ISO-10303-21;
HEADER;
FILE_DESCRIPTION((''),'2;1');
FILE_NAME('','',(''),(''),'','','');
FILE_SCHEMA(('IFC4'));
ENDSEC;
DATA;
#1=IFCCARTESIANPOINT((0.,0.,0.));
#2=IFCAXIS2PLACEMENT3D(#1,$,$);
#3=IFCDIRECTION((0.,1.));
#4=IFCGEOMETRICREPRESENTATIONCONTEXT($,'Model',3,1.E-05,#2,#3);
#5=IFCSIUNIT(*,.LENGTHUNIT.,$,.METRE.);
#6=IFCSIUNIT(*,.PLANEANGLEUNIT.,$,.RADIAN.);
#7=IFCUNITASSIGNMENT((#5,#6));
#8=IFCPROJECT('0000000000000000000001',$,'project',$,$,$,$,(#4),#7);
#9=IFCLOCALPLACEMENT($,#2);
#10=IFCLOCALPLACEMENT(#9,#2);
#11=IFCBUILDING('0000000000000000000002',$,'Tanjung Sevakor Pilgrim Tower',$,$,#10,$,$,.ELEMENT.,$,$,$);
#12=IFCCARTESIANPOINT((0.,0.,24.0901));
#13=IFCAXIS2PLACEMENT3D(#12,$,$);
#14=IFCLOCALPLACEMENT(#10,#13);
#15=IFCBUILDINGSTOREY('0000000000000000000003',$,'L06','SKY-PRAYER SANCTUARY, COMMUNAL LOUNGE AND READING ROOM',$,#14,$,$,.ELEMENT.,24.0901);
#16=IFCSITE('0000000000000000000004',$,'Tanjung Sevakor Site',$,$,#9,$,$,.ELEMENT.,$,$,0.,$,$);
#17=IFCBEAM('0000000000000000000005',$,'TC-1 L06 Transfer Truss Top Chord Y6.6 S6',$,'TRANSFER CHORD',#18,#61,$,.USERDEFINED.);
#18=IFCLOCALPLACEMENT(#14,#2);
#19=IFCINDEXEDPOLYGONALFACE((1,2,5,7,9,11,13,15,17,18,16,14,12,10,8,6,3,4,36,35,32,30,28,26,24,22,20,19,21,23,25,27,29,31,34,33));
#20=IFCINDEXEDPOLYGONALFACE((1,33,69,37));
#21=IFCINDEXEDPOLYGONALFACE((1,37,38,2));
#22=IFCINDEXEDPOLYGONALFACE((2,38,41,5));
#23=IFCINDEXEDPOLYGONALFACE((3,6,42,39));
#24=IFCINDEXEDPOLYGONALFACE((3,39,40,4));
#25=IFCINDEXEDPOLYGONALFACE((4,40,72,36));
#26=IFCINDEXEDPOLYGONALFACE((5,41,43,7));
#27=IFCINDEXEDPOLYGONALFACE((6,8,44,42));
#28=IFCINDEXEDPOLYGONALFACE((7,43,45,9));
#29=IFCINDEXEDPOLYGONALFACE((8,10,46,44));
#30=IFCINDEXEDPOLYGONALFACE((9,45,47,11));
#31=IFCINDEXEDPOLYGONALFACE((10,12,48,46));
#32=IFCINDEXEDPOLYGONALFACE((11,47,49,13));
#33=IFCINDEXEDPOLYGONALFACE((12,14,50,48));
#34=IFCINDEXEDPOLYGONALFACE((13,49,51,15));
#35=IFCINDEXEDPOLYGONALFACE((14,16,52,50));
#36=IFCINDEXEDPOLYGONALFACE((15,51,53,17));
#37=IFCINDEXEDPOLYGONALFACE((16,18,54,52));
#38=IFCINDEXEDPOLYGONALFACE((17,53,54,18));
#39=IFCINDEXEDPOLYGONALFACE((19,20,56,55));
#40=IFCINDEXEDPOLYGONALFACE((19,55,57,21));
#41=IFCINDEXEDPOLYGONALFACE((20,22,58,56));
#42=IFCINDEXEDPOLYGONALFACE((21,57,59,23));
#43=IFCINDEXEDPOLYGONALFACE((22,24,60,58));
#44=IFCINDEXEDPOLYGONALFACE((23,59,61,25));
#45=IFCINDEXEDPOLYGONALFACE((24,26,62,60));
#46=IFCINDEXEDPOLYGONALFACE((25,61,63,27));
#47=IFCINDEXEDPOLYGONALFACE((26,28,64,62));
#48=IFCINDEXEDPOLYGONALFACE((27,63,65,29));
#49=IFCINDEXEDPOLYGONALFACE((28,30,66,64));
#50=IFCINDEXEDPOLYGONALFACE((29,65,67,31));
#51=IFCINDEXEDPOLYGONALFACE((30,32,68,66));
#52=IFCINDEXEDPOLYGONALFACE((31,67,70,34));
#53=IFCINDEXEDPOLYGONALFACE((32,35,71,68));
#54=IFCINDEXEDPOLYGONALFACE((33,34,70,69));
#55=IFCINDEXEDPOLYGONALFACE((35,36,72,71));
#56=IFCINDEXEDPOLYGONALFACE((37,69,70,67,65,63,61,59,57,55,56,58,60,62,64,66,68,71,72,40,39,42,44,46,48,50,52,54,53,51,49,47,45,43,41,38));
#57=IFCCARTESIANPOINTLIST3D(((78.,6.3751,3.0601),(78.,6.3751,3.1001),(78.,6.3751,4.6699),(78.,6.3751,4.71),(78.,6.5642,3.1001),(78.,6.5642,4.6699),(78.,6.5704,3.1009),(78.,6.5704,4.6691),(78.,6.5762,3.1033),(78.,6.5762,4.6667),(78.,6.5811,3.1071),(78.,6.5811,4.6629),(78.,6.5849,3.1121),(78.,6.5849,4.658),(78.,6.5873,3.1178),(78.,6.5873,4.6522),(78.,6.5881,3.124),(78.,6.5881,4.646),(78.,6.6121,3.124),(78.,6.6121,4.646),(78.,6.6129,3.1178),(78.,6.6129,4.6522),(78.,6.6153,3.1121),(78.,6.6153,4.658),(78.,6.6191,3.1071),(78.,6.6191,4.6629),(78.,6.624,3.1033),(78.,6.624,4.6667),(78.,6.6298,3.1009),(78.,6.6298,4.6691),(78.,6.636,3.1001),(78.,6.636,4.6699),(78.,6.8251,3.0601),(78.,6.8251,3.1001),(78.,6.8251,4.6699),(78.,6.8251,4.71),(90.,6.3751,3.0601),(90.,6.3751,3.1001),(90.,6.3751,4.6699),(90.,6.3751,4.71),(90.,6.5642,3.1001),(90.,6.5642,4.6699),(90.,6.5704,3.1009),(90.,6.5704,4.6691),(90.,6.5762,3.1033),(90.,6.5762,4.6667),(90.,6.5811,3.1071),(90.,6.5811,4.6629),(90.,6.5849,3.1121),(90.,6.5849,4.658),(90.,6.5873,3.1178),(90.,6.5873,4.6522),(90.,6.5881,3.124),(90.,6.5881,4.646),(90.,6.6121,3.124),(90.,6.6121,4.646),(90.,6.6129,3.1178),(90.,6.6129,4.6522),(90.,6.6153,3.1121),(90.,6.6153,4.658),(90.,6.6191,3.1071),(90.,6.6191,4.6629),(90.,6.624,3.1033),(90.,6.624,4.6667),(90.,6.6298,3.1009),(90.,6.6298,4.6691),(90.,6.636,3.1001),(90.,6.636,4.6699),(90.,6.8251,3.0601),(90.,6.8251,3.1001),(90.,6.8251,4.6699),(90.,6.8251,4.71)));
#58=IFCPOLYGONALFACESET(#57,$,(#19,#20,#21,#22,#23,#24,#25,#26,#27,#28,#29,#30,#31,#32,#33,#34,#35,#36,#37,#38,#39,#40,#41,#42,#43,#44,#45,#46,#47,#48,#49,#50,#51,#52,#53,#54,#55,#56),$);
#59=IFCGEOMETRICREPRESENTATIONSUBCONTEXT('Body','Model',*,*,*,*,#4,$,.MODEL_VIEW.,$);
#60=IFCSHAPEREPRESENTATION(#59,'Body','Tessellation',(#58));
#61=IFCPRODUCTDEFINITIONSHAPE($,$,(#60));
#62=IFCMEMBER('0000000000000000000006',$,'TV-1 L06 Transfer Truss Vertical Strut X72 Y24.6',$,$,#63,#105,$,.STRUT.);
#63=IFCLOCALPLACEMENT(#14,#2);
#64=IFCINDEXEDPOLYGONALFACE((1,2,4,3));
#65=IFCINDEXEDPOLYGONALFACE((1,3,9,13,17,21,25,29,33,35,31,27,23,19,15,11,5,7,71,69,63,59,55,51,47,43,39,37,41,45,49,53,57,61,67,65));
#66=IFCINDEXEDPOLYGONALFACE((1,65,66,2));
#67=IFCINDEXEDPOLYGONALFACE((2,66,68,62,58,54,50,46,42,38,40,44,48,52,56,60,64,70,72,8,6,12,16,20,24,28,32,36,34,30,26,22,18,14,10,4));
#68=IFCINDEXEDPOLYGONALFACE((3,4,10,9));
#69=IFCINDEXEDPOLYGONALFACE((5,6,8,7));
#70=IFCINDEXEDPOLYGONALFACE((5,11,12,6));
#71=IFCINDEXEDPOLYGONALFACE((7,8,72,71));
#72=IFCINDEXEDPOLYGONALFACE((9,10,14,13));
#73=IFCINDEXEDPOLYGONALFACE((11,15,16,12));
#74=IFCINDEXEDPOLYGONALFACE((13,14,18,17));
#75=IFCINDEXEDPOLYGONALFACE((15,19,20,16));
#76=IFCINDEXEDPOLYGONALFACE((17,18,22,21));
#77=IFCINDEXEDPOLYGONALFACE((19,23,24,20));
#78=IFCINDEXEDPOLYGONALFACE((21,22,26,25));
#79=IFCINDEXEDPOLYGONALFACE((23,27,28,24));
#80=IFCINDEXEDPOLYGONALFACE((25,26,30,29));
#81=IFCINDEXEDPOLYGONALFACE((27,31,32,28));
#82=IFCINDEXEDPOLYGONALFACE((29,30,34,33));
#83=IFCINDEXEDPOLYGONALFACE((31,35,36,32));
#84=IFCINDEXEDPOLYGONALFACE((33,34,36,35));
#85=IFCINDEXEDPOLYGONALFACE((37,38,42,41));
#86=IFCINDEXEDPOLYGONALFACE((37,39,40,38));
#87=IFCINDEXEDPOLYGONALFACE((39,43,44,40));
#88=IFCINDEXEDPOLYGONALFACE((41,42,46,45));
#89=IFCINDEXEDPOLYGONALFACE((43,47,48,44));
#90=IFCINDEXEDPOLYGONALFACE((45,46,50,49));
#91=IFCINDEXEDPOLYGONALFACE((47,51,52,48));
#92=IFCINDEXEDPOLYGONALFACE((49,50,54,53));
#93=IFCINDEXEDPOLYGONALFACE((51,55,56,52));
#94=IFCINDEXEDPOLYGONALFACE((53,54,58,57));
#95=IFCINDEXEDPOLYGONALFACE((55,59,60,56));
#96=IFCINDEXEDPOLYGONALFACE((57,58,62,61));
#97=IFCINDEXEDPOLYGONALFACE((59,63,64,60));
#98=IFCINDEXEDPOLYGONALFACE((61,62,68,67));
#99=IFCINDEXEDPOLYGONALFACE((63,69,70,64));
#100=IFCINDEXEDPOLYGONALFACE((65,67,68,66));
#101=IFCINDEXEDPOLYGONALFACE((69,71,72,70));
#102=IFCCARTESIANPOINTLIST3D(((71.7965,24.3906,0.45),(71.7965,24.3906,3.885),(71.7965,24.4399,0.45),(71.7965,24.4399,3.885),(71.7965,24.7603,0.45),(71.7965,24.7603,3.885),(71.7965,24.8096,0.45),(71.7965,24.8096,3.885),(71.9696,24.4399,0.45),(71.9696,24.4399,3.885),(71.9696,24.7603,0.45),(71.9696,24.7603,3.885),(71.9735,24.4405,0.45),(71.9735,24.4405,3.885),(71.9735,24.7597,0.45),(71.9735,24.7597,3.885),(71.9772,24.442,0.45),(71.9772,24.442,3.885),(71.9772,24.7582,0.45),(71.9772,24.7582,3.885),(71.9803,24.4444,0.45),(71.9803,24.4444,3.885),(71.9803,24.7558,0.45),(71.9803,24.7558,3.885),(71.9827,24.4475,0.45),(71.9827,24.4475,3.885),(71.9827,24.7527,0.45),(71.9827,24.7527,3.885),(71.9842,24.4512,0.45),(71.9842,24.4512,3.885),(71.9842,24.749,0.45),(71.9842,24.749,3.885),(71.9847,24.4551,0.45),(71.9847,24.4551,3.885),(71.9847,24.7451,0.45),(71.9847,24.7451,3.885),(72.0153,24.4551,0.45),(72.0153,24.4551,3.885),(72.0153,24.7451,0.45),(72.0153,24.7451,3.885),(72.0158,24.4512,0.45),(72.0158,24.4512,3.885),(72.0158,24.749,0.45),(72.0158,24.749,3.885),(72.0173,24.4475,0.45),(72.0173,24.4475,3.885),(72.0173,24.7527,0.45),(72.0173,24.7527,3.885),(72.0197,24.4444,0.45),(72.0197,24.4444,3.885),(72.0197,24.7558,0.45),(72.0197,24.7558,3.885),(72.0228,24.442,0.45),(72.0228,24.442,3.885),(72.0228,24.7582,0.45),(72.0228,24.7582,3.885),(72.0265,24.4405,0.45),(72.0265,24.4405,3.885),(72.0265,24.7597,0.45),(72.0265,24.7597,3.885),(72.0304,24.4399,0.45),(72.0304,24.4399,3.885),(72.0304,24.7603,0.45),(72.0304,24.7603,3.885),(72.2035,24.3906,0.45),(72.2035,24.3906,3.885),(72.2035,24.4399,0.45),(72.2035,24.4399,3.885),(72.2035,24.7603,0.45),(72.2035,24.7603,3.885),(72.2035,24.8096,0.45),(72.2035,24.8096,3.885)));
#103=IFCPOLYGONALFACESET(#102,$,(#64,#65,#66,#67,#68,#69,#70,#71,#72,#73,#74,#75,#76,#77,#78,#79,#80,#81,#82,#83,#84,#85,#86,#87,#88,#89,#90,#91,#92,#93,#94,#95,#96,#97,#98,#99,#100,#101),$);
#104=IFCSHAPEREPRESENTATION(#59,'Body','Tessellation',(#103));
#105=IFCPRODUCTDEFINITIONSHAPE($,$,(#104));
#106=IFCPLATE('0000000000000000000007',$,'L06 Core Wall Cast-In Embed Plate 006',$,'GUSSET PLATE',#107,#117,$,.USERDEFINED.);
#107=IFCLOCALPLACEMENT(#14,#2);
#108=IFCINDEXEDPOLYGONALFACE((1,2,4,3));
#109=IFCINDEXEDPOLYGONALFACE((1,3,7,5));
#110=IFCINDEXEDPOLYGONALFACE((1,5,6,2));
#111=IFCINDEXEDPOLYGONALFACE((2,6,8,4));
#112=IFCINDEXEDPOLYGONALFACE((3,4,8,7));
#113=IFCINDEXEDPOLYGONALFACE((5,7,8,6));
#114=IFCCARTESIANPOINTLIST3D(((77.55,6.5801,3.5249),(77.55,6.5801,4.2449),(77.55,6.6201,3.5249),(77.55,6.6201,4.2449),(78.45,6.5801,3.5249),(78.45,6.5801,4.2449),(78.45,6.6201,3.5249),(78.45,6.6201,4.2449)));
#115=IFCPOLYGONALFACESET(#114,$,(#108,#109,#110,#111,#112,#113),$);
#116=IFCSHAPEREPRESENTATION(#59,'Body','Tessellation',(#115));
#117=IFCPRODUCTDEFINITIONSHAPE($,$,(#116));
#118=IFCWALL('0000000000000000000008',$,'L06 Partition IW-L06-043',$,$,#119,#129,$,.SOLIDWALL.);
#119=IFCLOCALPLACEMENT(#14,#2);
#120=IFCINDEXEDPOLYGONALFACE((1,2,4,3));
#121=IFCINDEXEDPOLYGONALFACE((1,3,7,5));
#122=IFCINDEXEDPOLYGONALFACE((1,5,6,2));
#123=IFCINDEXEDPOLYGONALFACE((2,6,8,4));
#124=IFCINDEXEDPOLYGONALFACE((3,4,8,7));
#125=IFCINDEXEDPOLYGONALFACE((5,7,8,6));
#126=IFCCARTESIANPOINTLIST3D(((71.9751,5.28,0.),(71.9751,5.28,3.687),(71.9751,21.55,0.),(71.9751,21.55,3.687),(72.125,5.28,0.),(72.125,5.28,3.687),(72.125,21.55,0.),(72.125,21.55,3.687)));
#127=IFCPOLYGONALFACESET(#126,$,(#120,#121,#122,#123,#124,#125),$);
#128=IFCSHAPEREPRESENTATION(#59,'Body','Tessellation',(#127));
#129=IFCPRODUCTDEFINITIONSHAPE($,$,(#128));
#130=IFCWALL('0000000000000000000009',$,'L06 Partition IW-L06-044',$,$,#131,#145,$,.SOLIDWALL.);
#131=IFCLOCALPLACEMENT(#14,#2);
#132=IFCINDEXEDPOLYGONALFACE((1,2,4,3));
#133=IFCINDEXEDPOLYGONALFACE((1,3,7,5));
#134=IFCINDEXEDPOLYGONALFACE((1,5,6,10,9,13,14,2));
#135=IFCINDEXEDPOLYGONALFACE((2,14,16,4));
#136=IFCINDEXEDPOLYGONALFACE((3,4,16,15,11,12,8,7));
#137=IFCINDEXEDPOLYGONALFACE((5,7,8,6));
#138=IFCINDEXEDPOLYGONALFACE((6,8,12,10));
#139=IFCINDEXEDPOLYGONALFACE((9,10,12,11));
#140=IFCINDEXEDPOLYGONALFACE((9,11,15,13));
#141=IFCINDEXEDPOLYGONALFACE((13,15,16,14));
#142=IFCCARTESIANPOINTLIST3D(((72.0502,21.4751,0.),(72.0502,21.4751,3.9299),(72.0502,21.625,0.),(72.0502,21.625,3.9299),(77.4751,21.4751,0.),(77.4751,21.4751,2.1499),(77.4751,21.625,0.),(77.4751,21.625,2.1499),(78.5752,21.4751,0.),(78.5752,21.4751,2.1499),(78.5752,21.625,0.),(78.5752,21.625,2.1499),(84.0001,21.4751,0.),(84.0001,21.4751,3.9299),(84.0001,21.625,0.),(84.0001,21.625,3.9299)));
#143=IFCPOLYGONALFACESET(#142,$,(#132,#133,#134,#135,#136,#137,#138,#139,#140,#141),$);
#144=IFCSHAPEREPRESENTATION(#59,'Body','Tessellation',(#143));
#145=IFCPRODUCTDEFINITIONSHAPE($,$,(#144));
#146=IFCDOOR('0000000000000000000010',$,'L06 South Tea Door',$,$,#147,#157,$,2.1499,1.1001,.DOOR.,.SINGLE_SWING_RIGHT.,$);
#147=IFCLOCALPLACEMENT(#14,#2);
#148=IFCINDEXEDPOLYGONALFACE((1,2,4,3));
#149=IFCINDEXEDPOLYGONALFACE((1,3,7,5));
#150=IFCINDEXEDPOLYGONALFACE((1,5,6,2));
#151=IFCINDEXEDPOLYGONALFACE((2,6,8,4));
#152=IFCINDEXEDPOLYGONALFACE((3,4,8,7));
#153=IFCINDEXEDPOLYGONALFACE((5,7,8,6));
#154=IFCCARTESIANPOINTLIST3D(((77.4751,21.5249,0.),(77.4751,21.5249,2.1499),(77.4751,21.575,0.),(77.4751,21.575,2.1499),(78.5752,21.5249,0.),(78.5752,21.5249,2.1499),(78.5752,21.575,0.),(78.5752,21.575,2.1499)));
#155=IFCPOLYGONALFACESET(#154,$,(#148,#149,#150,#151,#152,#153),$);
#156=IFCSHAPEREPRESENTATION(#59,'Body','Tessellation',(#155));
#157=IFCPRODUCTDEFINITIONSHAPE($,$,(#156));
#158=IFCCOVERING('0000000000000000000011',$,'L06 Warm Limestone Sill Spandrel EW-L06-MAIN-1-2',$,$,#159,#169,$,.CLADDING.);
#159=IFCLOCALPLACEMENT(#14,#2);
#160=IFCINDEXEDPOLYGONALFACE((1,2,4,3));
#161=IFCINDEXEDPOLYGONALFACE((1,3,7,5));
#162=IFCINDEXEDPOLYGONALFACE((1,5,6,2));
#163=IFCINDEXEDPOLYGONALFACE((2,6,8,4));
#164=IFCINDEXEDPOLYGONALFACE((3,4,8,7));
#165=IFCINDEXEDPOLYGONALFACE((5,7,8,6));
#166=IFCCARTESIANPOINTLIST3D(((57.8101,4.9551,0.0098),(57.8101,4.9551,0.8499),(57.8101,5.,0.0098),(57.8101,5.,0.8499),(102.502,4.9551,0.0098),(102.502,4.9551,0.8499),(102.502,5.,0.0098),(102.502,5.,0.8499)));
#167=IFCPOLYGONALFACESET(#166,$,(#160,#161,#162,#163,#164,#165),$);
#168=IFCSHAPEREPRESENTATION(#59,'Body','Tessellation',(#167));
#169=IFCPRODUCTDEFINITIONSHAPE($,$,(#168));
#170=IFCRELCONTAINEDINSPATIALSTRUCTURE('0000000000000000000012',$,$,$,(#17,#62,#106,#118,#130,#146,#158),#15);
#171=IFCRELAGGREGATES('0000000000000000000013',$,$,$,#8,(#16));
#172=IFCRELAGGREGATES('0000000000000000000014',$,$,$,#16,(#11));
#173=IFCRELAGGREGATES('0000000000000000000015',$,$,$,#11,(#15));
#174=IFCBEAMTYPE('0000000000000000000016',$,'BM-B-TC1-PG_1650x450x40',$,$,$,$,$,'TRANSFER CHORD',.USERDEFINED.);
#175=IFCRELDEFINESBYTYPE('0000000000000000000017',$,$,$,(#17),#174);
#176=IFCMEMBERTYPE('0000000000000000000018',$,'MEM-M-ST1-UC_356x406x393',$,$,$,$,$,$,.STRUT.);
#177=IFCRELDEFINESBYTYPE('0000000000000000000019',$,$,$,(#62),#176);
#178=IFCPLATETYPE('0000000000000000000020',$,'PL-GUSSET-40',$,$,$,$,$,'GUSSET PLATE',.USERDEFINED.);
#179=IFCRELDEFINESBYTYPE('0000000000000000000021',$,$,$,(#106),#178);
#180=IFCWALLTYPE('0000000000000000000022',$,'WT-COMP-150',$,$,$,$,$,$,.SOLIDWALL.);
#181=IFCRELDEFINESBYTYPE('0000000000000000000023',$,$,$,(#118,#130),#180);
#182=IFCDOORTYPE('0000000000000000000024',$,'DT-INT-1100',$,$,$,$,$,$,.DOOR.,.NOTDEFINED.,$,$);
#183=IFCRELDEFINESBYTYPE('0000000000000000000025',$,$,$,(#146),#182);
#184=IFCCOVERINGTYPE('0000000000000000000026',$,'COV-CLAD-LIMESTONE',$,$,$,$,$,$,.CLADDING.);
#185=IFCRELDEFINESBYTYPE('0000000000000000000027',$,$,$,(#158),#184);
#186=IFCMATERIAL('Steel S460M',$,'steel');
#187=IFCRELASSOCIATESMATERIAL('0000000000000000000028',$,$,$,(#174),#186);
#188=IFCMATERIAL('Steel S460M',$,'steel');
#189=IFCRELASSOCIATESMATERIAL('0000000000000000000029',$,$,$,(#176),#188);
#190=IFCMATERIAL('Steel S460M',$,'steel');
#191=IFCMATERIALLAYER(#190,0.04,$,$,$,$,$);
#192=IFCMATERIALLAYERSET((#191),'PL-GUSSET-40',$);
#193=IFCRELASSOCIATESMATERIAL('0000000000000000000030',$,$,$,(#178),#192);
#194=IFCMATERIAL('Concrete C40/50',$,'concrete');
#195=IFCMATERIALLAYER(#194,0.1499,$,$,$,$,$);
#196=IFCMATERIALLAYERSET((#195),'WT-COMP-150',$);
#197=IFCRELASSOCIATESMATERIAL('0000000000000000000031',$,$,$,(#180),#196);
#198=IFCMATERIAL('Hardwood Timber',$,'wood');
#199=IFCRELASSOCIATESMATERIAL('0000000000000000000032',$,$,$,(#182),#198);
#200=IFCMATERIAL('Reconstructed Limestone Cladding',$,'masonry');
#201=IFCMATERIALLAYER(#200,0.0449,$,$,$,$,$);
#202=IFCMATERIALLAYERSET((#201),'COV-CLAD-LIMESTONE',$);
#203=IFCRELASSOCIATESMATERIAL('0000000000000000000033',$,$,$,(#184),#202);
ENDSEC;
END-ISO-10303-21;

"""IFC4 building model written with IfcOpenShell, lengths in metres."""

from ifc_helpers import new_model, si_unit, direction, frame, frame_2d, origin, origin_2d, place, context, subcontext, project, spatial, rectangle, i_section, extrude, material, layer, layer_set, material_profile, profile_set, type_object, element, fill, save


model = new_model("IFC4")

# Units and contexts
model_context = context("Model", 3, precision=1e-05, world=origin(), true_north=direction((0.0, 1.0)))
body_context = subcontext(model_context, "Body", "Model", "MODEL_VIEW")
ifc_project = project(units=[si_unit("LENGTHUNIT", "METRE"), si_unit("PLANEANGLEUNIT", "RADIAN")], contexts=[model_context])

# Site, building, storey
site_placement = place(None, origin())
site = spatial("IfcSite", under=ifc_project, at=site_placement, Name="Tanjung Sevakor Site", CompositionType="ELEMENT", RefElevation=0.0)
building_placement = place(site_placement, origin())
building = spatial("IfcBuilding", under=site, at=building_placement, Name="Tanjung Sevakor Pilgrim Tower", CompositionType="ELEMENT")
storey_placement = place(building_placement, frame((0.0, 0.0, 24.0901)))
storey = spatial("IfcBuildingStorey", under=building, at=storey_placement, Name="L06", Description="SKY-PRAYER SANCTUARY, COMMUNAL LOUNGE AND READING ROOM", CompositionType="ELEMENT", Elevation=24.0901)

# Beam
ifc_material_1 = material(Name="Steel S460M", Category="steel")
ifc_material_profile_1 = material_profile(ifc_material_1, i_section(OverallWidth=0.45, OverallDepth=1.6499, WebThickness=0.0239, FlangeThickness=0.04, FilletRadius=0.0239, at=origin_2d()))
ifc_profile_set_1 = profile_set([ifc_material_profile_1], Name="Steel S460M")
beam_type_1 = type_object("IfcBeamType", Name="BM-B-TC1-PG_1650x450x40", ElementType="TRANSFER CHORD", PredefinedType="USERDEFINED", material=ifc_profile_set_1)
beam_1_placement = place(storey_placement, frame((78.0, 6.6001, 3.885), z_axis=(1.0, 0.0, 0.0), x_axis=(0.0, 1.0, 0.0)))
element("IfcBeam", 1, at=beam_1_placement, inside=storey, type_object=beam_type_1, Name="TC-1 L06 Transfer Truss Top Chord Y6.6 S6", ObjectType="TRANSFER CHORD", PredefinedType="USERDEFINED", context=body_context, shape_type="SweptSolid", body=[
    extrude(i_section(OverallWidth=0.45, OverallDepth=1.6499, WebThickness=0.0239, FlangeThickness=0.04, FilletRadius=0.0239, at=origin_2d()), origin(), (0.0, 0.0, 1.0), 12.0),
])

# Member
ifc_material_2 = material(Name="Steel S460M", Category="steel")
ifc_material_profile_2 = material_profile(ifc_material_2, i_section(OverallWidth=0.407, OverallDepth=0.4189, WebThickness=0.0305, FlangeThickness=0.0493, FilletRadius=0.0151, at=origin_2d()))
ifc_profile_set_2 = profile_set([ifc_material_profile_2], Name="Steel S460M")
member_type = type_object("IfcMemberType", Name="MEM-M-ST1-UC_356x406x393", PredefinedType="STRUT", material=ifc_profile_set_2)
member_placement = place(storey_placement, frame((72.0, 24.6001, 0.45), z_axis=(0.0, 0.0, 1.0), x_axis=(1.0, 0.0, 0.0)))
element("IfcMember", 2, at=member_placement, inside=storey, type_object=member_type, Name="TV-1 L06 Transfer Truss Vertical Strut X72 Y24.6", PredefinedType="STRUT", context=body_context, shape_type="SweptSolid", body=[
    extrude(i_section(OverallWidth=0.407, OverallDepth=0.4189, WebThickness=0.0305, FlangeThickness=0.0493, FilletRadius=0.0151, at=origin_2d()), origin(), (0.0, 0.0, 1.0), 3.4351),
])

# Plate
ifc_material_3 = material(Name="Steel S460M", Category="steel")
ifc_layer_1 = layer(ifc_material_3, 0.04)
ifc_layer_set_1 = layer_set([ifc_layer_1], Name="PL-GUSSET-40")
plate_type = type_object("IfcPlateType", Name="PL-GUSSET-40", ElementType="GUSSET PLATE", PredefinedType="USERDEFINED", material=ifc_layer_set_1)
plate_placement = place(storey_placement, frame((78.0, 6.6001, 3.5249), z_axis=(0.0, 0.0, 1.0), x_axis=(1.0, 0.0, 0.0)))
element("IfcPlate", 3, at=plate_placement, inside=storey, type_object=plate_type, Name="L06 Core Wall Cast-In Embed Plate 006", ObjectType="GUSSET PLATE", PredefinedType="USERDEFINED", context=body_context, shape_type="SweptSolid", body=[
    extrude(rectangle(XDim=0.8999, YDim=0.04, at=origin_2d()), origin(), (0.0, 0.0, 1.0), 0.72),
])

# Wall
ifc_material_4 = material(Name="Concrete C40/50", Category="concrete")
ifc_layer_2 = layer(ifc_material_4, 0.1499)
ifc_layer_set_2 = layer_set([ifc_layer_2], Name="WT-COMP-150")
wall_type = type_object("IfcWallType", Name="WT-COMP-150", PredefinedType="SOLIDWALL", material=ifc_layer_set_2)
wall_1_placement = place(storey_placement, frame((72.05, 5.28, 0.0), z_axis=(0.0, 0.0, 1.0), x_axis=(0.0, 1.0, 0.0)))
element("IfcWall", 4, at=wall_1_placement, inside=storey, type_object=wall_type, Name="L06 Partition IW-L06-043", PredefinedType="SOLIDWALL", context=body_context, shape_type="SweptSolid", body=[
    extrude(rectangle(XDim=16.27, YDim=0.1499, at=frame_2d((8.135, 0.0))), origin(), (0.0, 0.0, 1.0), 3.687),
])

# Wall, opening, door
wall_2_placement = place(storey_placement, frame((72.05, 21.55, 0.0), z_axis=(0.0, 0.0, 1.0), x_axis=(1.0, 0.0, 0.0)))
wall_2 = element("IfcWall", 5, at=wall_2_placement, inside=storey, type_object=wall_type, Name="L06 Partition IW-L06-044", PredefinedType="SOLIDWALL", context=body_context, shape_type="SweptSolid", body=[
    extrude(rectangle(XDim=11.95, YDim=0.1499, at=frame_2d((5.9751, 0.0))), origin(), (0.0, 0.0, 1.0), 3.9299),
])
opening_placement = place(wall_2_placement, frame((5.425, 0.0, 0.0)))
opening = element("IfcOpeningElement", 6, at=opening_placement, cuts=wall_2, PredefinedType="OPENING", context=body_context, shape_type="SweptSolid", body=[
    extrude(rectangle(XDim=1.1001, YDim=2.1499, at=frame_2d((0.55, 1.075))), frame((0.0, 0.085, 0.0), z_axis=(0.0, -1.0, 0.0), x_axis=(1.0, 0.0, 0.0)), (0.0, 0.0, 1.0), 0.1699),
])
ifc_material_5 = material(Name="Hardwood Timber", Category="wood")
door_type = type_object("IfcDoorType", Name="DT-INT-1100", OperationType="NOTDEFINED", PredefinedType="DOOR", material=ifc_material_5)
door_placement = place(opening_placement, origin())
door = element("IfcDoor", 7, at=door_placement, inside=storey, type_object=door_type, Name="L06 South Tea Door", OperationType="SINGLE_SWING_RIGHT", OverallHeight=2.1499, OverallWidth=1.1001, PredefinedType="DOOR", context=body_context, shape_type="SweptSolid", body=[
    extrude(rectangle(XDim=1.1001, YDim=2.1499, at=frame_2d((0.55, 1.075))), frame((0.0, 0.0249, 0.0), z_axis=(0.0, -1.0, 0.0), x_axis=(1.0, 0.0, 0.0)), (0.0, 0.0, 1.0), 0.05),
])
fill(opening, door)

# Covering
ifc_material_6 = material(Name="Reconstructed Limestone Cladding", Category="masonry")
ifc_layer_3 = layer(ifc_material_6, 0.0449)
ifc_layer_set_3 = layer_set([ifc_layer_3], Name="COV-CLAD-LIMESTONE")
covering_type = type_object("IfcCoveringType", Name="COV-CLAD-LIMESTONE", PredefinedType="CLADDING", material=ifc_layer_set_3)
covering_placement = place(storey_placement, frame((80.156, 4.9775, 0.0098), z_axis=(0.0, 0.0, 1.0), x_axis=(1.0, 0.0, 0.0)))
element("IfcCovering", 8, at=covering_placement, inside=storey, type_object=covering_type, Name="L06 Warm Limestone Sill Spandrel EW-L06-MAIN-1-2", PredefinedType="CLADDING", context=body_context, shape_type="SweptSolid", body=[
    extrude(rectangle(XDim=44.6919, YDim=0.0449, at=origin_2d()), origin(), (0.0, 0.0, 1.0), 0.8401),
])

save(model, "model.ifc")
